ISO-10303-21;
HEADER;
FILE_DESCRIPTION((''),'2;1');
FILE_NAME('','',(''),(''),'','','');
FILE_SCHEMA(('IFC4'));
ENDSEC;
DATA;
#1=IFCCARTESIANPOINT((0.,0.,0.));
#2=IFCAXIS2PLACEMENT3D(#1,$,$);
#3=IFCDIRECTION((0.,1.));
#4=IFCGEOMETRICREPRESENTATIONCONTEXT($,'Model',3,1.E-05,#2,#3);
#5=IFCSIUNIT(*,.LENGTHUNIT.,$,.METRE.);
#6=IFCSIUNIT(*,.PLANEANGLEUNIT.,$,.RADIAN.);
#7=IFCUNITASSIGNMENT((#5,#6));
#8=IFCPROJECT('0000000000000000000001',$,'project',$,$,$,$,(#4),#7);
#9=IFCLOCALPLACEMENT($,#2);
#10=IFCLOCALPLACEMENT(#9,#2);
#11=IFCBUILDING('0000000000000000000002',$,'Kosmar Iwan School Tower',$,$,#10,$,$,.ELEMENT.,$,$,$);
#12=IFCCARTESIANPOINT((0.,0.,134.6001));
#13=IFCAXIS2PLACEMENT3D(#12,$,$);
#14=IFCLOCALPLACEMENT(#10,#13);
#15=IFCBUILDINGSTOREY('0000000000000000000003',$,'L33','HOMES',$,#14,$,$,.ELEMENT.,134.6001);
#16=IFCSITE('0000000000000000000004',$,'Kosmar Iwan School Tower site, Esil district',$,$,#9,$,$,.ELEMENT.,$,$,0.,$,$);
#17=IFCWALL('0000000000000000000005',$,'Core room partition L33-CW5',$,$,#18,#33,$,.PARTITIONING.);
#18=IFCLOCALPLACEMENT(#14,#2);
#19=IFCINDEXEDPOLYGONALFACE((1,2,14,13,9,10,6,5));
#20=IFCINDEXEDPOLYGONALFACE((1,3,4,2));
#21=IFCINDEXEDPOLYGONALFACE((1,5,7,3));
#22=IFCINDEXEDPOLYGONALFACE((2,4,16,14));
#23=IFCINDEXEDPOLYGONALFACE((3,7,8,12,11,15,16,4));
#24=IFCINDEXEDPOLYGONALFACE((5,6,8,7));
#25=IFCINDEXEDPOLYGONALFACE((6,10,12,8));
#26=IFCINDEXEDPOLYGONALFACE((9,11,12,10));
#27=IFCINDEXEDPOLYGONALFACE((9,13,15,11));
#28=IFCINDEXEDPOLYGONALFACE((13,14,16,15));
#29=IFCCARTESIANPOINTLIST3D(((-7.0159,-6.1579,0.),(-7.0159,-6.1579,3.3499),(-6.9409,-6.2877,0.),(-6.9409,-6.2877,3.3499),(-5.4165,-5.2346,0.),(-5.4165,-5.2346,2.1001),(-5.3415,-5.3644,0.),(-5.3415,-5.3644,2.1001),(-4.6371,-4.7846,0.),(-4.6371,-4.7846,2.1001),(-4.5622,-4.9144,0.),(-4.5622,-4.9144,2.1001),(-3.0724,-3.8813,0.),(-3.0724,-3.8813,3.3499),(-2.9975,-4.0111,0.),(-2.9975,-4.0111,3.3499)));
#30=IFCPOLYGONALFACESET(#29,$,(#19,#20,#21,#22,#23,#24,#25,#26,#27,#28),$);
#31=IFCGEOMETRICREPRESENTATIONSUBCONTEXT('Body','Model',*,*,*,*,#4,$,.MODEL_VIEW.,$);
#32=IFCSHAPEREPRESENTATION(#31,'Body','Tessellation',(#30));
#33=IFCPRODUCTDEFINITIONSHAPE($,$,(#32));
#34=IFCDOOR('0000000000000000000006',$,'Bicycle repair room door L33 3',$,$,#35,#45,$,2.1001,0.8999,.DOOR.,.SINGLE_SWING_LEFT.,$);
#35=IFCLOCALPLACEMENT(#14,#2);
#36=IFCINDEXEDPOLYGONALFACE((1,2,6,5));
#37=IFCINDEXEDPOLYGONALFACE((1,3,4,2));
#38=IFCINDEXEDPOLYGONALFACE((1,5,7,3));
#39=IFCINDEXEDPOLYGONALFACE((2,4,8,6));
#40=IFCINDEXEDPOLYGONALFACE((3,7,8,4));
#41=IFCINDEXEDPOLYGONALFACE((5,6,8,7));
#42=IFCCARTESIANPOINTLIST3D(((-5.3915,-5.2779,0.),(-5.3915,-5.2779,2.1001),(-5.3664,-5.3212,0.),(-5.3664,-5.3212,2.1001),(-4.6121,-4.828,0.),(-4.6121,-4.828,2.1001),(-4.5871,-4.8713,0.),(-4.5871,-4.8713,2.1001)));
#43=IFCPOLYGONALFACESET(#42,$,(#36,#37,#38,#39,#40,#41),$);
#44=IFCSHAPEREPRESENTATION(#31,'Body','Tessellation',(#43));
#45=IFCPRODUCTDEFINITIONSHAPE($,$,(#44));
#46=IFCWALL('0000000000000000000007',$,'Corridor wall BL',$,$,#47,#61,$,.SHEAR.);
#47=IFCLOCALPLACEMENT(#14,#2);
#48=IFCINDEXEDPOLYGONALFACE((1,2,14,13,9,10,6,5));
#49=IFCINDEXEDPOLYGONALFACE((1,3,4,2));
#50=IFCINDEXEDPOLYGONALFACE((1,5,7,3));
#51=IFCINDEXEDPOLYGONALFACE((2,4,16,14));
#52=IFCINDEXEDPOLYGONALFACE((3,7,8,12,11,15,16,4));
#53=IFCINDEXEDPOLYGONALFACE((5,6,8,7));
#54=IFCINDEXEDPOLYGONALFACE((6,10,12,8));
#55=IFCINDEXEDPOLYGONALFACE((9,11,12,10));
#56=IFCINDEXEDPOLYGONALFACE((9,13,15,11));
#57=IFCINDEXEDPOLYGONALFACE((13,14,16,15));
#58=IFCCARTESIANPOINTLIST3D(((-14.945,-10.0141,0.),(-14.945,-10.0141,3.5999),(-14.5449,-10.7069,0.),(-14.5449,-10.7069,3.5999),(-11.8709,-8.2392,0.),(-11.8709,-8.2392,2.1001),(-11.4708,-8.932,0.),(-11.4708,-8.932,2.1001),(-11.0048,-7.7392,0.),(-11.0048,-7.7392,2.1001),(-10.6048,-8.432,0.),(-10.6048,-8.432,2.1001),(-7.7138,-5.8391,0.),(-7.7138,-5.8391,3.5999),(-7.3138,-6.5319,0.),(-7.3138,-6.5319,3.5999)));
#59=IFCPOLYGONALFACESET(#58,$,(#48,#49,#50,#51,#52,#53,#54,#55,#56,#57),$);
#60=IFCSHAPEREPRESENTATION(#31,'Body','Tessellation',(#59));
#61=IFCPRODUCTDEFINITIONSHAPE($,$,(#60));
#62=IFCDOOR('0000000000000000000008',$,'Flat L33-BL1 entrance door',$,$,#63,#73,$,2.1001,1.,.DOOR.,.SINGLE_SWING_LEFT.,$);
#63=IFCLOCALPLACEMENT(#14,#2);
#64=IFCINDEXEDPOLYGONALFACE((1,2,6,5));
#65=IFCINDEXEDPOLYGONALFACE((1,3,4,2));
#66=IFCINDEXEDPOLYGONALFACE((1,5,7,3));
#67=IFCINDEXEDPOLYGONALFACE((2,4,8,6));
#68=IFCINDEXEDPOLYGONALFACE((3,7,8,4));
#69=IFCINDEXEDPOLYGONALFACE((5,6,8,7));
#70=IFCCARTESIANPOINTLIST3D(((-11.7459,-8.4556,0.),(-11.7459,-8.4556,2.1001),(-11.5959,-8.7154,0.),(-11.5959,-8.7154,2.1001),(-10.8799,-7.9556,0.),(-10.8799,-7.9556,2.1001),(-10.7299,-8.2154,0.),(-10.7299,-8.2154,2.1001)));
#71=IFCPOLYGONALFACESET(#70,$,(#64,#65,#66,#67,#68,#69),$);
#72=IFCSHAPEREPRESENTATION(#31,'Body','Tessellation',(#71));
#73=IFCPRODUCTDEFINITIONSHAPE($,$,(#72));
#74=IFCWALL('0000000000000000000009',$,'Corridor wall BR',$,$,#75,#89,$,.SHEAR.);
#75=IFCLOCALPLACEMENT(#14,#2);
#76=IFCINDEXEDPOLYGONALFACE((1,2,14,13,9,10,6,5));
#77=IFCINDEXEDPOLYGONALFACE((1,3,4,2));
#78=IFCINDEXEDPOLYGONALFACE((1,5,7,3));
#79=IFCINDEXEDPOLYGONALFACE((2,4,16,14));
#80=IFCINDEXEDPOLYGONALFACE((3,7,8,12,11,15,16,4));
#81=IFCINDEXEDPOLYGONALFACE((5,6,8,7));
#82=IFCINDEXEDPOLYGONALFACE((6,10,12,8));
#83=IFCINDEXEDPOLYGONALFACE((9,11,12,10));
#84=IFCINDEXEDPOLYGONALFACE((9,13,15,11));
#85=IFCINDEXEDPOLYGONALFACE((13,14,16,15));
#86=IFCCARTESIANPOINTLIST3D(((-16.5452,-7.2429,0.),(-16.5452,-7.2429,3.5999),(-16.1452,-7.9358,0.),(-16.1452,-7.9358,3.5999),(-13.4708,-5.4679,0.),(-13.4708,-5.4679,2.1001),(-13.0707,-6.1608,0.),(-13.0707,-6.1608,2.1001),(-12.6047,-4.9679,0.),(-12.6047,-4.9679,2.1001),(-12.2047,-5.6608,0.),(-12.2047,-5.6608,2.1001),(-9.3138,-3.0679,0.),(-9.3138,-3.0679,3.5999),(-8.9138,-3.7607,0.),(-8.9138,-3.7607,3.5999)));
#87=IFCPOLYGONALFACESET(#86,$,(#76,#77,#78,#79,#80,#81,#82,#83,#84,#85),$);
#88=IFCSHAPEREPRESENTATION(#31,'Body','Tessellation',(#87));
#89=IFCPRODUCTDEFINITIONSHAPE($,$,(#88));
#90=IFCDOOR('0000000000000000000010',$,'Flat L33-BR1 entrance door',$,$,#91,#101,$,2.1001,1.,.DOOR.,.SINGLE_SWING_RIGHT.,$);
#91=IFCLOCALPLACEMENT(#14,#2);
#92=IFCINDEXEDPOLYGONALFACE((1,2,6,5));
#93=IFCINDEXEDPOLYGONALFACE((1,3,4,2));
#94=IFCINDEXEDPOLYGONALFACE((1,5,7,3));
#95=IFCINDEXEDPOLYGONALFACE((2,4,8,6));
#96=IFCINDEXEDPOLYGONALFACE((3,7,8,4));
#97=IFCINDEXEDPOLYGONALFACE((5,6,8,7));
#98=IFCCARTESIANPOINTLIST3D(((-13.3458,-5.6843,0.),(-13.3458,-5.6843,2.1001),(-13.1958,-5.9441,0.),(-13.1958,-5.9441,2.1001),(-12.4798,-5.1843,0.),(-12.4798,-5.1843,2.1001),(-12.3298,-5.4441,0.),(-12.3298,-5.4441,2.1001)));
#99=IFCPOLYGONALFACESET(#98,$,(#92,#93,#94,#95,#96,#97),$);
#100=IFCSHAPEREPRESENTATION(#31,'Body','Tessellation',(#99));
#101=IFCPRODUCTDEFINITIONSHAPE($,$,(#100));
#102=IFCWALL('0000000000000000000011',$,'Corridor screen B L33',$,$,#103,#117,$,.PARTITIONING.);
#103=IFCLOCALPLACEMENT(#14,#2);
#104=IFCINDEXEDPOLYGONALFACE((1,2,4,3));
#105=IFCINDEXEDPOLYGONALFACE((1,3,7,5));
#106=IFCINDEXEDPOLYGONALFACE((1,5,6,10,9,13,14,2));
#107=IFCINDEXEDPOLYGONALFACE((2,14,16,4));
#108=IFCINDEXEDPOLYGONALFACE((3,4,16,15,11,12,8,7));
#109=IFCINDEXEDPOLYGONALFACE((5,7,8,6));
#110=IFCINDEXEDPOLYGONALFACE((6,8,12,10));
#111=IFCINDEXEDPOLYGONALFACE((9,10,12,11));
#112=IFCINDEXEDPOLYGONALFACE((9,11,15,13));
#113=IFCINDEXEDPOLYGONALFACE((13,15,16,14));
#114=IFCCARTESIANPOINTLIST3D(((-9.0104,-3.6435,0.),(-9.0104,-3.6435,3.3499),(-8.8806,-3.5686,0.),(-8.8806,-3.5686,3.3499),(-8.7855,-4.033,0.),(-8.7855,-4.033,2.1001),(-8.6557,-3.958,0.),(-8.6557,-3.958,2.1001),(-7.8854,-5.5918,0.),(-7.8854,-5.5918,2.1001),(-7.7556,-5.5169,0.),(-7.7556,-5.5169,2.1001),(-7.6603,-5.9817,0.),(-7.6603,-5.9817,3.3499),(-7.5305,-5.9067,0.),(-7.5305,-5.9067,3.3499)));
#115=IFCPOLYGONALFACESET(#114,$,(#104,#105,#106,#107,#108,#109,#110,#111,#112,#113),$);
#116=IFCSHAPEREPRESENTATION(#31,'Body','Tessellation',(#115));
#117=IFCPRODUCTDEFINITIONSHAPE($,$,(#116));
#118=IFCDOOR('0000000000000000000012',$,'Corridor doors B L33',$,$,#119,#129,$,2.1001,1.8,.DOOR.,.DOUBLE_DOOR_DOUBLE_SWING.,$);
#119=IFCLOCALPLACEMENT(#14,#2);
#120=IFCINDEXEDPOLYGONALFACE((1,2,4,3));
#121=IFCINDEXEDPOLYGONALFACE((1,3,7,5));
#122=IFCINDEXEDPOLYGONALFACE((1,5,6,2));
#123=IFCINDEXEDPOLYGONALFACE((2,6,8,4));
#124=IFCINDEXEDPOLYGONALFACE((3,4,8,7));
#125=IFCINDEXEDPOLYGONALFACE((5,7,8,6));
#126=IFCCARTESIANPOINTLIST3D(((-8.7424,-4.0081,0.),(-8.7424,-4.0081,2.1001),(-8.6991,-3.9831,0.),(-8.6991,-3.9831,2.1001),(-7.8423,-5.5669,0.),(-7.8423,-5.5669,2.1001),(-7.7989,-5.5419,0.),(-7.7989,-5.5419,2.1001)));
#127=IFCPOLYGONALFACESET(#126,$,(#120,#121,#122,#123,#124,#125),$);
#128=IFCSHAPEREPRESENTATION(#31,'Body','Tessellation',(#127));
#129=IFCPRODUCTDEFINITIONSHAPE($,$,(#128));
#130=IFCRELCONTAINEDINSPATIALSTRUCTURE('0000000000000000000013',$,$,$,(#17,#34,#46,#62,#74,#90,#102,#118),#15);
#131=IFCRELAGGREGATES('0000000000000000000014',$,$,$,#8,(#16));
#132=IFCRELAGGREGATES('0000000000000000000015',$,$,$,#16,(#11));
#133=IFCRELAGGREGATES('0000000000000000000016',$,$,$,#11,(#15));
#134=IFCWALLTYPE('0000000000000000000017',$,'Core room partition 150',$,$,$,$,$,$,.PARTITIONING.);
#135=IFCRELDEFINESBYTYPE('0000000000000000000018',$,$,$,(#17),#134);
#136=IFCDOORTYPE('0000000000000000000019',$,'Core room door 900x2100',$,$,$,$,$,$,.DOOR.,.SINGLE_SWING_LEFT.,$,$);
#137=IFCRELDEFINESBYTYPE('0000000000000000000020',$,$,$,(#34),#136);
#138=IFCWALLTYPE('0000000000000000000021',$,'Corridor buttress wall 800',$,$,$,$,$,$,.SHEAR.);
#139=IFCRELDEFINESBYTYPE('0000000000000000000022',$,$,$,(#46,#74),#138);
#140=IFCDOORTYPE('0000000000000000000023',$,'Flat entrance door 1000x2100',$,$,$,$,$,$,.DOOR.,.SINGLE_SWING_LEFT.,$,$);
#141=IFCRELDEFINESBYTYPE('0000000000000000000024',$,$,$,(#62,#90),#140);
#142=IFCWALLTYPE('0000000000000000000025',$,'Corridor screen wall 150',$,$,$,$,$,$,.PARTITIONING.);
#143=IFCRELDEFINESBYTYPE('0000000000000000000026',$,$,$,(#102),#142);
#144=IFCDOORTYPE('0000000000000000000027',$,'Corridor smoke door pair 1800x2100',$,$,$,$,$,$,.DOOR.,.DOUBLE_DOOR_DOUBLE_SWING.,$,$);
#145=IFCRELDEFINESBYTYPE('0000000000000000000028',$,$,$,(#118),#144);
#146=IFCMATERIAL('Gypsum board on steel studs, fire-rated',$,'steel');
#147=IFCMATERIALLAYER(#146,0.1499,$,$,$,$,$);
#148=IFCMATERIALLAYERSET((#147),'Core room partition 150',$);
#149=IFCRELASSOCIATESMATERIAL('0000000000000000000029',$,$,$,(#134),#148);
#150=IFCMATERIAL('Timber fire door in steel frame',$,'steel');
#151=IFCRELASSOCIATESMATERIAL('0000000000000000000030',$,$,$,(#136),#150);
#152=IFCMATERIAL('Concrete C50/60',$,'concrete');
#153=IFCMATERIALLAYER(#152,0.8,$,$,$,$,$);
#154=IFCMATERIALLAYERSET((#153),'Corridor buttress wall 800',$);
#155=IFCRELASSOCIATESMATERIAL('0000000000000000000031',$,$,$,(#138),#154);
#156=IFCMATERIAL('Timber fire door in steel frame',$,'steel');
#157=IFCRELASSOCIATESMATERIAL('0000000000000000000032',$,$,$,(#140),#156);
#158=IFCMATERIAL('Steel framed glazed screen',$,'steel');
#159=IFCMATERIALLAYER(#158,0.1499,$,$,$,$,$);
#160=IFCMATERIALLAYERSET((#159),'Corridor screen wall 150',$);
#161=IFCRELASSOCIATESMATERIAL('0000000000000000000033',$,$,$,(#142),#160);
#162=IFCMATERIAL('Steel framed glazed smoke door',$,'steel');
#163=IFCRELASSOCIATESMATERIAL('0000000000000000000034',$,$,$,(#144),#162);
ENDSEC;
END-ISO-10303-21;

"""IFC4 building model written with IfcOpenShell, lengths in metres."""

from ifc_helpers import new_model, si_unit, direction, frame, frame_2d, origin, place, context, subcontext, project, spatial, rectangle, extrude, material, layer, layer_set, type_object, element, fill, save


model = new_model("IFC4")

# Units and contexts
model_context = context("Model", 3, precision=1e-05, world=origin(), true_north=direction((0.0, 1.0)))
body_context = subcontext(model_context, "Body", "Model", "MODEL_VIEW")
ifc_project = project(units=[si_unit("LENGTHUNIT", "METRE"), si_unit("PLANEANGLEUNIT", "RADIAN")], contexts=[model_context])

# Site, building, storey
site_placement = place(None, origin())
site = spatial("IfcSite", under=ifc_project, at=site_placement, Name="Kosmar Iwan School Tower site, Esil district", CompositionType="ELEMENT", RefElevation=0.0)
building_placement = place(site_placement, origin())
building = spatial("IfcBuilding", under=site, at=building_placement, Name="Kosmar Iwan School Tower", CompositionType="ELEMENT")
storey_placement = place(building_placement, frame((0.0, 0.0, 134.6001)))
storey = spatial("IfcBuildingStorey", under=building, at=storey_placement, Name="L33", Description="HOMES", CompositionType="ELEMENT", Elevation=134.6001)

# Walls, openings, doors
ifc_material_1 = material(Name="Gypsum board on steel studs, fire-rated", Category="steel")
ifc_layer_1 = layer(ifc_material_1, 0.1499)
ifc_layer_set_1 = layer_set([ifc_layer_1], Name="Core room partition 150")
wall_type_1 = type_object("IfcWallType", Name="Core room partition 150", PredefinedType="PARTITIONING", material=ifc_layer_set_1)
wall_1_placement = place(storey_placement, frame((-6.9785, -6.2229, 0.0), z_axis=(0.0, 0.0, 1.0), x_axis=(0.866034, 0.499985, 0.0)))
wall_1 = element("IfcWall", 1, at=wall_1_placement, inside=storey, type_object=wall_type_1, Name="Core room partition L33-CW5", PredefinedType="PARTITIONING", context=body_context, shape_type="SweptSolid", body=[
    extrude(rectangle(XDim=4.5535, YDim=0.1499, at=frame_2d((2.2769, 0.0))), origin(), (0.0, 0.0, 1.0), 3.3499),
])
opening_1_placement = place(wall_1_placement, frame((1.8469, 0.0, 0.0)))
opening_1 = element("IfcOpeningElement", 2, at=opening_1_placement, cuts=wall_1, PredefinedType="OPENING", context=body_context, shape_type="SweptSolid", body=[
    extrude(rectangle(XDim=0.8999, YDim=2.1001, at=frame_2d((0.45, 1.05))), frame((0.0, 0.0869, 0.0), z_axis=(0.0, -1.0, 0.0), x_axis=(1.0, 0.0, 0.0)), (0.0, 0.0, 1.0), 0.1738),
])
ifc_material_2 = material(Name="Timber fire door in steel frame", Category="steel")
door_type_1 = type_object("IfcDoorType", Name="Core room door 900x2100", OperationType="SINGLE_SWING_LEFT", PredefinedType="DOOR", material=ifc_material_2)
door_1_placement = place(opening_1_placement, origin())
door_1 = element("IfcDoor", 3, at=door_1_placement, inside=storey, type_object=door_type_1, Name="Bicycle repair room door L33 3", OperationType="SINGLE_SWING_LEFT", OverallHeight=2.1001, OverallWidth=0.8999, PredefinedType="DOOR", context=body_context, shape_type="SweptSolid", body=[
    extrude(rectangle(XDim=0.8999, YDim=2.1001, at=frame_2d((0.45, 1.05))), frame((0.0, 0.0249, 0.0), z_axis=(0.0, -1.0, 0.0), x_axis=(1.0, 0.0, 0.0)), (0.0, 0.0, 1.0), 0.05),
])
fill(opening_1, door_1)
ifc_material_3 = material(Name="Concrete C50/60", Category="concrete")
ifc_layer_2 = layer(ifc_material_3, 0.8)
ifc_layer_set_2 = layer_set([ifc_layer_2], Name="Corridor buttress wall 800")
wall_type_2 = type_object("IfcWallType", Name="Corridor buttress wall 800", PredefinedType="SHEAR", material=ifc_layer_set_2)
wall_2_placement = place(storey_placement, frame((-7.5139, -6.1855, 0.0), z_axis=(0.0, 0.0, 1.0), x_axis=(-0.86602, -0.50001, 0.0)))
wall_2 = element("IfcWall", 4, at=wall_2_placement, inside=storey, type_object=wall_type_2, Name="Corridor wall BL", PredefinedType="SHEAR", context=body_context, shape_type="SweptSolid", body=[
    extrude(rectangle(XDim=8.3499, YDim=0.8, at=frame_2d((4.1748, 0.0))), origin(), (0.0, 0.0, 1.0), 3.5999),
])
opening_2_placement = place(wall_2_placement, frame((3.8, 0.0, 0.0)))
opening_2 = element("IfcOpeningElement", 5, at=opening_2_placement, cuts=wall_2, PredefinedType="OPENING", context=body_context, shape_type="SweptSolid", body=[
    extrude(rectangle(XDim=1.0, YDim=2.1001, at=frame_2d((0.5, 1.05))), frame((0.0, 0.4121, 0.0), z_axis=(0.0, -1.0, 0.0), x_axis=(1.0, 0.0, 0.0)), (0.0, 0.0, 1.0), 0.824),
])
ifc_material_4 = material(Name="Timber fire door in steel frame", Category="steel")
door_type_2 = type_object("IfcDoorType", Name="Flat entrance door 1000x2100", OperationType="SINGLE_SWING_LEFT", PredefinedType="DOOR", material=ifc_material_4)
door_2_placement = place(opening_2_placement, origin())
door_2 = element("IfcDoor", 6, at=door_2_placement, inside=storey, type_object=door_type_2, Name="Flat L33-BL1 entrance door", OperationType="SINGLE_SWING_LEFT", OverallHeight=2.1001, OverallWidth=1.0, PredefinedType="DOOR", context=body_context, shape_type="SweptSolid", body=[
    extrude(rectangle(XDim=1.0, YDim=2.1001, at=frame_2d((0.5, 1.05))), frame((0.0, 0.1499, 0.0), z_axis=(0.0, -1.0, 0.0), x_axis=(1.0, 0.0, 0.0)), (0.0, 0.0, 1.0), 0.3),
])
fill(opening_2, door_2)
wall_3_placement = place(storey_placement, frame((-9.1138, -3.4143, 0.0), z_axis=(0.0, 0.0, 1.0), x_axis=(-0.866027, -0.499997, 0.0)))
wall_3 = element("IfcWall", 7, at=wall_3_placement, inside=storey, type_object=wall_type_2, Name="Corridor wall BR", PredefinedType="SHEAR", context=body_context, shape_type="SweptSolid", body=[
    extrude(rectangle(XDim=8.3501, YDim=0.8, at=frame_2d((4.175, 0.0))), origin(), (0.0, 0.0, 1.0), 3.5999),
])
opening_3_placement = place(wall_3_placement, frame((3.8, 0.0, 0.0)))
opening_3 = element("IfcOpeningElement", 8, at=opening_3_placement, cuts=wall_3, PredefinedType="OPENING", context=body_context, shape_type="SweptSolid", body=[
    extrude(rectangle(XDim=1.0, YDim=2.1001, at=frame_2d((0.5, 1.05))), frame((0.0, 0.4121, 0.0), z_axis=(0.0, -1.0, 0.0), x_axis=(1.0, 0.0, 0.0)), (0.0, 0.0, 1.0), 0.824),
])
door_3_placement = place(opening_3_placement, origin())
door_3 = element("IfcDoor", 9, at=door_3_placement, inside=storey, type_object=door_type_2, Name="Flat L33-BR1 entrance door", OperationType="SINGLE_SWING_RIGHT", OverallHeight=2.1001, OverallWidth=1.0, PredefinedType="DOOR", context=body_context, shape_type="SweptSolid", body=[
    extrude(rectangle(XDim=1.0, YDim=2.1001, at=frame_2d((0.5, 1.05))), frame((0.0, 0.1499, 0.0), z_axis=(0.0, -1.0, 0.0), x_axis=(1.0, 0.0, 0.0)), (0.0, 0.0, 1.0), 0.3),
])
fill(opening_3, door_3)
ifc_material_5 = material(Name="Steel framed glazed screen", Category="steel")
ifc_layer_3 = layer(ifc_material_5, 0.1499)
ifc_layer_set_3 = layer_set([ifc_layer_3], Name="Corridor screen wall 150")
wall_type_3 = type_object("IfcWallType", Name="Corridor screen wall 150", PredefinedType="PARTITIONING", material=ifc_layer_set_3)
wall_4_placement = place(storey_placement, frame((-8.9456, -3.606, 0.0), z_axis=(0.0, 0.0, 1.0), x_axis=(0.500049, -0.865997, 0.0)))
wall_4 = element("IfcWall", 10, at=wall_4_placement, inside=storey, type_object=wall_type_3, Name="Corridor screen B L33", PredefinedType="PARTITIONING", context=body_context, shape_type="SweptSolid", body=[
    extrude(rectangle(XDim=2.7, YDim=0.1499, at=frame_2d((1.3501, 0.0))), origin(), (0.0, 0.0, 1.0), 3.3499),
])
opening_4_placement = place(wall_4_placement, frame((0.45, 0.0, 0.0)))
opening_4 = element("IfcOpeningElement", 11, at=opening_4_placement, cuts=wall_4, PredefinedType="OPENING", context=body_context, shape_type="SweptSolid", body=[
    extrude(rectangle(XDim=1.8, YDim=2.1001, at=frame_2d((0.8999, 1.05))), frame((0.0, 0.0869, 0.0), z_axis=(0.0, -1.0, 0.0), x_axis=(1.0, 0.0, 0.0)), (0.0, 0.0, 1.0), 0.1738),
])
ifc_material_6 = material(Name="Steel framed glazed smoke door", Category="steel")
door_type_3 = type_object("IfcDoorType", Name="Corridor smoke door pair 1800x2100", OperationType="DOUBLE_DOOR_DOUBLE_SWING", PredefinedType="DOOR", material=ifc_material_6)
door_4_placement = place(opening_4_placement, origin())
door_4 = element("IfcDoor", 12, at=door_4_placement, inside=storey, type_object=door_type_3, Name="Corridor doors B L33", OperationType="DOUBLE_DOOR_DOUBLE_SWING", OverallHeight=2.1001, OverallWidth=1.8, PredefinedType="DOOR", context=body_context, shape_type="SweptSolid", body=[
    extrude(rectangle(XDim=1.8, YDim=2.1001, at=frame_2d((0.8999, 1.05))), frame((0.0, 0.0249, 0.0), z_axis=(0.0, -1.0, 0.0), x_axis=(1.0, 0.0, 0.0)), (0.0, 0.0, 1.0), 0.05),
])
fill(opening_4, door_4)

save(model, "model.ifc")
